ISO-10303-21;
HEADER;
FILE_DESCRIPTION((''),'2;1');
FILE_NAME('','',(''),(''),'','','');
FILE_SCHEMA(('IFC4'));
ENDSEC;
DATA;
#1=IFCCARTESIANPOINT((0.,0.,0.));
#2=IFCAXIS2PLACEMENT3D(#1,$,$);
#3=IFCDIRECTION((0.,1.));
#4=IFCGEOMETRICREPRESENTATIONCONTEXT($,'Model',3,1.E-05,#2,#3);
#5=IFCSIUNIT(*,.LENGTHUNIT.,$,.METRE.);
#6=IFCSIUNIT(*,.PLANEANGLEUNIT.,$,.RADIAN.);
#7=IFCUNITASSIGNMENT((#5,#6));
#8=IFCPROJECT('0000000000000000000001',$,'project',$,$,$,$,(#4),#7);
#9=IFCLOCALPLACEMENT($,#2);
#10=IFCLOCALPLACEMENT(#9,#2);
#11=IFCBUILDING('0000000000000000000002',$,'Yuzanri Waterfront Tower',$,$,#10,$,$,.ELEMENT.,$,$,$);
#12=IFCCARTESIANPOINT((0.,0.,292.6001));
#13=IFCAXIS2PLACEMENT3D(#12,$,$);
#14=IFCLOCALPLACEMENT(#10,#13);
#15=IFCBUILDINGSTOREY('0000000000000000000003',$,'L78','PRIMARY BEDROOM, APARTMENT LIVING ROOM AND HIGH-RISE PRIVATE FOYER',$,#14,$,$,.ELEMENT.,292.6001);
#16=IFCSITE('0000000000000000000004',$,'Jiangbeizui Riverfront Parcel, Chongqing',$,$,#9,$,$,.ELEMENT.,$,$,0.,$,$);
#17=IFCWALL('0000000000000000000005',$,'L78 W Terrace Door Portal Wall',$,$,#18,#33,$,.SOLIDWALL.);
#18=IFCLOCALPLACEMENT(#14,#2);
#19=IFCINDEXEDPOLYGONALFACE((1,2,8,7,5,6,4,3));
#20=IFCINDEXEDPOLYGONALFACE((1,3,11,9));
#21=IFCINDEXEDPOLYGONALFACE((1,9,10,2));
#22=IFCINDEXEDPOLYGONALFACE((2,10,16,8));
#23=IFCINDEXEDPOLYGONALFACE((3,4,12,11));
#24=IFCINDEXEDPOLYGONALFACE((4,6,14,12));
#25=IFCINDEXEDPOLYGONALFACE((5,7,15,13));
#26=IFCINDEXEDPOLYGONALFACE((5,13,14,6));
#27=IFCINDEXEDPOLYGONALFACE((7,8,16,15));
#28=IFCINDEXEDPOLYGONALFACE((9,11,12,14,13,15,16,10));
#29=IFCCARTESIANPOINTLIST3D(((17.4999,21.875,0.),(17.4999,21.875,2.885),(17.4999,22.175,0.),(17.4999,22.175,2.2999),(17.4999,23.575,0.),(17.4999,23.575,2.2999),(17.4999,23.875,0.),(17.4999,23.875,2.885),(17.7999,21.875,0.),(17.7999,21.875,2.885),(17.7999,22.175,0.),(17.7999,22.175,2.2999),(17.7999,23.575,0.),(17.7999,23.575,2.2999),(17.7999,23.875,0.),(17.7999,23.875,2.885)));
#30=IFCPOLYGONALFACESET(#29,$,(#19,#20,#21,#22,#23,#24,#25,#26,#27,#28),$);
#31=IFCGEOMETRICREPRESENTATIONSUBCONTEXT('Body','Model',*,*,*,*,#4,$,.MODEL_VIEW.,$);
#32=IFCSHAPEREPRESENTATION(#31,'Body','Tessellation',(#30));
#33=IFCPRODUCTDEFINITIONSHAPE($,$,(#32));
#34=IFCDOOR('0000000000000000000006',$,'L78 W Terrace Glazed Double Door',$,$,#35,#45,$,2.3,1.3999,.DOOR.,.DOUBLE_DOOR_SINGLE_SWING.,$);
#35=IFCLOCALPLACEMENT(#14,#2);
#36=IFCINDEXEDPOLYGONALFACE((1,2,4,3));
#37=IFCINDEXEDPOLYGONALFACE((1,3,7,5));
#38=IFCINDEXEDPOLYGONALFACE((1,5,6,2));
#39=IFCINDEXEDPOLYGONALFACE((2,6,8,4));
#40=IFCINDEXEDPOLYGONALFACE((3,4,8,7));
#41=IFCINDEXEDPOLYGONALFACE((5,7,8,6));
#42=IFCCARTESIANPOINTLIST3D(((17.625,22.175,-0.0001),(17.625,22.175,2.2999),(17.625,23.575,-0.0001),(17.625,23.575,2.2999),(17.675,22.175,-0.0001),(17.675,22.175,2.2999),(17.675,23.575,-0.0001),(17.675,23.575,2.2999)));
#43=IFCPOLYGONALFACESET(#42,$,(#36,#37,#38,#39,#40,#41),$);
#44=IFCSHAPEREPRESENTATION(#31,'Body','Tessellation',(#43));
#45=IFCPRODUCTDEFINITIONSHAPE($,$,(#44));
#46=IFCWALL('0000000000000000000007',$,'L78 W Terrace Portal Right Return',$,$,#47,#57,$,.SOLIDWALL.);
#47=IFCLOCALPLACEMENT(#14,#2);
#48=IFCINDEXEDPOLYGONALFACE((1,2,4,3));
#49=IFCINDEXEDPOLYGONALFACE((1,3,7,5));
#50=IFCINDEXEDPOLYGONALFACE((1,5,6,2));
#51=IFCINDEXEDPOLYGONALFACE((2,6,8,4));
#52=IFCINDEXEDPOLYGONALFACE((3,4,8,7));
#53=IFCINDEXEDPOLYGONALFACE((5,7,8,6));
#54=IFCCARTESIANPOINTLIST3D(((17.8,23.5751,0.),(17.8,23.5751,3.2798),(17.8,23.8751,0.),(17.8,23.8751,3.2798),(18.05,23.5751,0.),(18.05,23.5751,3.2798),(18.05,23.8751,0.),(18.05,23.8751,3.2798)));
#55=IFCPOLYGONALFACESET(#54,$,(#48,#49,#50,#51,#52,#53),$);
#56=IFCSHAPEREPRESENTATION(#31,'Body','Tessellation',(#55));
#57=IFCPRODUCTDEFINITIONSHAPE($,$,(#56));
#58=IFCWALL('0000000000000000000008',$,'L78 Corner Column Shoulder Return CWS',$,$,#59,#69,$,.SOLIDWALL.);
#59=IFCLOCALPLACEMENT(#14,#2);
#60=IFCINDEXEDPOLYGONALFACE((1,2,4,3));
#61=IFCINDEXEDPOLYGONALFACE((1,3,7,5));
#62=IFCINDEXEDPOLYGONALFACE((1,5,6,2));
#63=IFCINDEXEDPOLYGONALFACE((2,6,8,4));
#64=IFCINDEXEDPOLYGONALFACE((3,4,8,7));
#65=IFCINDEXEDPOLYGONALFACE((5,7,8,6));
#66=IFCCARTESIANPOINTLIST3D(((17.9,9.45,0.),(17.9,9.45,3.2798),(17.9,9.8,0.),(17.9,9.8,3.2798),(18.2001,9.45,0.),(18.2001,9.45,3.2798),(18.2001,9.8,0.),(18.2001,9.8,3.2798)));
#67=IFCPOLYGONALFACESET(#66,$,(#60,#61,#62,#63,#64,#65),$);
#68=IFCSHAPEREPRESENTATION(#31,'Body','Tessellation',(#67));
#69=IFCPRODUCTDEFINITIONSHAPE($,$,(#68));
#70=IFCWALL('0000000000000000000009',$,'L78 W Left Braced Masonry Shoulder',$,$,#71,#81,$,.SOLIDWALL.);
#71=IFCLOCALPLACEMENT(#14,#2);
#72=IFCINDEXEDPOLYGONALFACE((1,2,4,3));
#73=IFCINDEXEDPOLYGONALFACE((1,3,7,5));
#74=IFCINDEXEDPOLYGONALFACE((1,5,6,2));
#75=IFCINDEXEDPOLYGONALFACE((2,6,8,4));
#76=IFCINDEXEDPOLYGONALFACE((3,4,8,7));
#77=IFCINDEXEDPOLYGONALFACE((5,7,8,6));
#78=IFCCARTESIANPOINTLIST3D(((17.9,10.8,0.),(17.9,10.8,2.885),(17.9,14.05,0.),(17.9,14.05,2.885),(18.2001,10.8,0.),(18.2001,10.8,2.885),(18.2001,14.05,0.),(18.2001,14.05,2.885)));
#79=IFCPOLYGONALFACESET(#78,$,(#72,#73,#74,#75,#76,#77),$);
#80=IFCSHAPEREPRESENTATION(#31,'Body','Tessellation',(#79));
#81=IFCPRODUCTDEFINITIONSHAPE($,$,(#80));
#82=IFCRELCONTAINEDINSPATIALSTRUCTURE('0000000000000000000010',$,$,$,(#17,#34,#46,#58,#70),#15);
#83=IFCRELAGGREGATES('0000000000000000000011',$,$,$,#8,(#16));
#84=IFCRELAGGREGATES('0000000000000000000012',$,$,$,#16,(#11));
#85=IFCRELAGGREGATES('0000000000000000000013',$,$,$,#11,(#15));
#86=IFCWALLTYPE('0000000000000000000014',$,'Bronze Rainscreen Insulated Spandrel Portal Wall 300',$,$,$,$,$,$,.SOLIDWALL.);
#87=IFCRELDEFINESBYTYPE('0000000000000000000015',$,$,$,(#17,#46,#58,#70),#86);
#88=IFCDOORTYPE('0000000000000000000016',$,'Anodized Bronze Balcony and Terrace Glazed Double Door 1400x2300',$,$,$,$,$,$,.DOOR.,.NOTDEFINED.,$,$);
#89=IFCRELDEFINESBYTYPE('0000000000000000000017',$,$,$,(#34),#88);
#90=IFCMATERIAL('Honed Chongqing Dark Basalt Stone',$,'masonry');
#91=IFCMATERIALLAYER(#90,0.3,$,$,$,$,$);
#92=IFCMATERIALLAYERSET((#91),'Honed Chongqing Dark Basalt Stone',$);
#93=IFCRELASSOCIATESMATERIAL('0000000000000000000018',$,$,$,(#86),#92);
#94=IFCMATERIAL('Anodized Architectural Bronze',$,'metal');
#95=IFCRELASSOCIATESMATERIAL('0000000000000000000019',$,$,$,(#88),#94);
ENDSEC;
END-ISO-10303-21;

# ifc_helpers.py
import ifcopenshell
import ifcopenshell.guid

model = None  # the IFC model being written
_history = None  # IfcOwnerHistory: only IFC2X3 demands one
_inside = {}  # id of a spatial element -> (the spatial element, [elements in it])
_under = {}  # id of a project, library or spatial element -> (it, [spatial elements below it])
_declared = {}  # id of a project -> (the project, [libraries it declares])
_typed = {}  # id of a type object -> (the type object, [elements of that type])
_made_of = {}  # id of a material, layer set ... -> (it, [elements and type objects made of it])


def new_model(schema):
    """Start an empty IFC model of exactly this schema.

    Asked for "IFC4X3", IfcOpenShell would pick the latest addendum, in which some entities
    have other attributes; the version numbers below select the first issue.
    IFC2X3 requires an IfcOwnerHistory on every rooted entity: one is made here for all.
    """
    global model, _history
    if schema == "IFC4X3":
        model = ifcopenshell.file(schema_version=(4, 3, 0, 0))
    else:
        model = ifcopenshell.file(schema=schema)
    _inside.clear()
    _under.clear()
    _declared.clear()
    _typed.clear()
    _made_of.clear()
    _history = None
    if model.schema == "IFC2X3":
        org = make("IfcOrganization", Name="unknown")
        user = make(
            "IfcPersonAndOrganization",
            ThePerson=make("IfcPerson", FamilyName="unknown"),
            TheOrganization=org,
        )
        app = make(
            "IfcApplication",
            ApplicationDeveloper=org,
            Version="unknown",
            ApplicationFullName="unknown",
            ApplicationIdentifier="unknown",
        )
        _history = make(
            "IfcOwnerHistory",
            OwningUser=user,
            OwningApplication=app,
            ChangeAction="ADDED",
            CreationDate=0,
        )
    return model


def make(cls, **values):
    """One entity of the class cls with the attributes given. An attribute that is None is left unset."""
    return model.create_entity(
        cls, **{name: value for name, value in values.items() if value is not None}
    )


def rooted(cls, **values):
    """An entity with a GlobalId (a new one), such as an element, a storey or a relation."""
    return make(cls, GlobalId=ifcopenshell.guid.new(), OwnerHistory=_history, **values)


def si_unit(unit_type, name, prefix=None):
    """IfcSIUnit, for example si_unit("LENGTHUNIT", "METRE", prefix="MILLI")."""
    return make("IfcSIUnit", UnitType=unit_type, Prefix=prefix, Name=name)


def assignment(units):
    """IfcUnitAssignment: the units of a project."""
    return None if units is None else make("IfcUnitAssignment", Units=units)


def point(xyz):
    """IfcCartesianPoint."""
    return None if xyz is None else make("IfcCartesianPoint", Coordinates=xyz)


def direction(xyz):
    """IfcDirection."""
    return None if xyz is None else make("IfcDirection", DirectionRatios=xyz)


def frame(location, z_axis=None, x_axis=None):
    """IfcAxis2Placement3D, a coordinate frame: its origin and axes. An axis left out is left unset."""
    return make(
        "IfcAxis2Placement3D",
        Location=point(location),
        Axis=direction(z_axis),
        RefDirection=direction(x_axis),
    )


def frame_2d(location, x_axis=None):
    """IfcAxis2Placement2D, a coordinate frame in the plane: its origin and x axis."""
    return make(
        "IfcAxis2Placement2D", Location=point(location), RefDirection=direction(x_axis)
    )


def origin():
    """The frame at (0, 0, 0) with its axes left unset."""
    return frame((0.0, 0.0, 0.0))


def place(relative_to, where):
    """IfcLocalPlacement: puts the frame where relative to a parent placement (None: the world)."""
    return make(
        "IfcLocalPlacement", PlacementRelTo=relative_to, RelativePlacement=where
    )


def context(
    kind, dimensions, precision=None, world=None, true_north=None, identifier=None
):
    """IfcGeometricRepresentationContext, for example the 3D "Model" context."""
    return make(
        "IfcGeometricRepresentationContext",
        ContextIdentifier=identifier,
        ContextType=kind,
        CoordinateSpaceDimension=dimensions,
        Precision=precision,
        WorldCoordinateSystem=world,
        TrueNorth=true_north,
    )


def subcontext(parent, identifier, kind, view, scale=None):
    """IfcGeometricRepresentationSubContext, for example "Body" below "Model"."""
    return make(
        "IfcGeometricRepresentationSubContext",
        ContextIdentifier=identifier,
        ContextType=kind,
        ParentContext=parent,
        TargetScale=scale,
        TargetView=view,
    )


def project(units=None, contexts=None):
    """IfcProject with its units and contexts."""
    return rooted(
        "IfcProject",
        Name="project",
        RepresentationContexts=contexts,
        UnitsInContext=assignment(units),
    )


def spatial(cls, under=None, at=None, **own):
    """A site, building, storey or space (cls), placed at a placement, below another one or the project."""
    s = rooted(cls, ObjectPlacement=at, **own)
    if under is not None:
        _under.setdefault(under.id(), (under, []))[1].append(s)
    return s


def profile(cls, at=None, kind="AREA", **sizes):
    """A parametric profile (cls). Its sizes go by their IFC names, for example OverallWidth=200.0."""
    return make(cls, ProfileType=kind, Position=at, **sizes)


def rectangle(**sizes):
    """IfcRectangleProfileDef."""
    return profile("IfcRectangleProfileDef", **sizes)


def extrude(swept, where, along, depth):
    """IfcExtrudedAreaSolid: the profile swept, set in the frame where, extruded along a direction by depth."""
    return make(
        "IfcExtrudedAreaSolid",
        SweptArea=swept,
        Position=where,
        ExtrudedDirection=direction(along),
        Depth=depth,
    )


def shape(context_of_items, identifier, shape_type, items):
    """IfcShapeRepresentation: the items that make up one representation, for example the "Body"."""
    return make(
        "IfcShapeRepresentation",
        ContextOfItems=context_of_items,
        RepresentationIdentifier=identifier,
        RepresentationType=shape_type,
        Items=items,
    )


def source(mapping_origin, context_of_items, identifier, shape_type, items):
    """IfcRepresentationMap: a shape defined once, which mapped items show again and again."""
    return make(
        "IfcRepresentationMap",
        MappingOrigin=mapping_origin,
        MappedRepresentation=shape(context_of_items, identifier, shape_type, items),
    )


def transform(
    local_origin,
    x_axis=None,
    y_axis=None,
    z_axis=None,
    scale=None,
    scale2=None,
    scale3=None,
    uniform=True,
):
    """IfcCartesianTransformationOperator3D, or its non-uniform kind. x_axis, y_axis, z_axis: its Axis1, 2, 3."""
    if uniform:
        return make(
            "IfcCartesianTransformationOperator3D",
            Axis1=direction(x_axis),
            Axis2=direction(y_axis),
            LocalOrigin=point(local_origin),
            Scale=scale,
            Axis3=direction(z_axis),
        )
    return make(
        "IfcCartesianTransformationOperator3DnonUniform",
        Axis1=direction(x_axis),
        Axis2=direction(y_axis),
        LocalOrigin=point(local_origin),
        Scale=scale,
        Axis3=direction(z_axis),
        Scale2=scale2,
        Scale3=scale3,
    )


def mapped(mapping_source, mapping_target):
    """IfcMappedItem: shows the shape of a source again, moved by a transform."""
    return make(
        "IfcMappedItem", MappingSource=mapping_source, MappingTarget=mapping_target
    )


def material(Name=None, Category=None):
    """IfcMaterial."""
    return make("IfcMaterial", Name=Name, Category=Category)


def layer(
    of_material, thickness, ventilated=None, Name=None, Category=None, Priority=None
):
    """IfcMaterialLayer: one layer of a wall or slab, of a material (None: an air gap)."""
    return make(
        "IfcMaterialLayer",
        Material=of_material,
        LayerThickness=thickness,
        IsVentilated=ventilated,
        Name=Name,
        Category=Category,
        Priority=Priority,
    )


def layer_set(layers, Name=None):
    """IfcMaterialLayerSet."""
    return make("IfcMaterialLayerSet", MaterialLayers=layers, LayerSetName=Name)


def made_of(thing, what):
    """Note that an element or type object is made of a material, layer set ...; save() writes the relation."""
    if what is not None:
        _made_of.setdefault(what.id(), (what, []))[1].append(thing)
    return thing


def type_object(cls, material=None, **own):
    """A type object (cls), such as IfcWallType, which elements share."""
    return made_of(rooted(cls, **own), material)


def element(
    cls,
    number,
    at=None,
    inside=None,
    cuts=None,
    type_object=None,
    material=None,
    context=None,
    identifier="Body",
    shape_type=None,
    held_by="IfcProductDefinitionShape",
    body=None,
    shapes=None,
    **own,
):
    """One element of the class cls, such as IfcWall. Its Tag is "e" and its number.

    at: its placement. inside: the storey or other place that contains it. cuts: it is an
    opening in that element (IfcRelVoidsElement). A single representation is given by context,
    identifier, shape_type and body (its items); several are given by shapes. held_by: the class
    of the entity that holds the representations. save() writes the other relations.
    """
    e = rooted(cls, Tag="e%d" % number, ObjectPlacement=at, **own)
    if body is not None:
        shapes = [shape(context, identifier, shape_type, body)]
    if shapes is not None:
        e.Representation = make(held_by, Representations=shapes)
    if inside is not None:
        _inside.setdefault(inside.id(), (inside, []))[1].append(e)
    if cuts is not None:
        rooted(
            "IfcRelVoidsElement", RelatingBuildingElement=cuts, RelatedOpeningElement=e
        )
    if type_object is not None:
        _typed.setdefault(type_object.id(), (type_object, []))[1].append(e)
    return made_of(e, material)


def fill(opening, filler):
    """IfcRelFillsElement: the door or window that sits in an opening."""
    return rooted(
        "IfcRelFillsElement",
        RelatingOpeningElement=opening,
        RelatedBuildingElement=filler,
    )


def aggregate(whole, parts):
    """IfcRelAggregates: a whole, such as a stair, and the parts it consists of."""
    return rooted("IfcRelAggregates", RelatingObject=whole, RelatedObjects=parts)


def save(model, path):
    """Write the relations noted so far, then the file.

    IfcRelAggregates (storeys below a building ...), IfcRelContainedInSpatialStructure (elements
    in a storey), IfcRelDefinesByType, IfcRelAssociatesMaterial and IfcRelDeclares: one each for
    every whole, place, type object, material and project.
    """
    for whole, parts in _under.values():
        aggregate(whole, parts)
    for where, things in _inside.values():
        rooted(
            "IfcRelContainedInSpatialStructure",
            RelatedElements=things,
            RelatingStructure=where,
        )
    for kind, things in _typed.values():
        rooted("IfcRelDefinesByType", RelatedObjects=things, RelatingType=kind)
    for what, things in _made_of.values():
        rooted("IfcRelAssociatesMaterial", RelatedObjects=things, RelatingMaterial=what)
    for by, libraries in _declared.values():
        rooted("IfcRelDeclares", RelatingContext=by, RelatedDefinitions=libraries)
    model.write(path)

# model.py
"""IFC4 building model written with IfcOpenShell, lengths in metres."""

from ifc_helpers import new_model, si_unit, direction, frame, frame_2d, origin, place, context, subcontext, project, spatial, rectangle, extrude, source, transform, mapped, material, layer, layer_set, type_object, element, fill, save


model = new_model("IFC4")

# Units and contexts
model_context = context("Model", 3, precision=1e-05, world=origin(), true_north=direction((0.0, 1.0)))
body_context = subcontext(model_context, "Body", "Model", "MODEL_VIEW")
ifc_project = project(units=[si_unit("LENGTHUNIT", "METRE"), si_unit("PLANEANGLEUNIT", "RADIAN")], contexts=[model_context])

# Site, building, storey
site_placement = place(None, origin())
site = spatial("IfcSite", under=ifc_project, at=site_placement, Name="Jiangbeizui Riverfront Parcel, Chongqing", CompositionType="ELEMENT", RefElevation=0.0)
building_placement = place(site_placement, origin())
building = spatial("IfcBuilding", under=site, at=building_placement, Name="Yuzanri Waterfront Tower", CompositionType="ELEMENT")
storey_placement = place(building_placement, frame((0.0, 0.0, 292.6001)))
storey = spatial("IfcBuildingStorey", under=building, at=storey_placement, Name="L78", Description="PRIMARY BEDROOM, APARTMENT LIVING ROOM AND HIGH-RISE PRIVATE FOYER", CompositionType="ELEMENT", Elevation=292.6001)

# Wall, opening, door
ifc_material_1 = material(Name="Honed Chongqing Dark Basalt Stone", Category="masonry")
ifc_layer_1 = layer(ifc_material_1, 0.3)
ifc_layer_set_1 = layer_set([ifc_layer_1], Name="Honed Chongqing Dark Basalt Stone")
wall_type = type_object("IfcWallType", Name="Bronze Rainscreen Insulated Spandrel Portal Wall 300", PredefinedType="SOLIDWALL", material=ifc_layer_set_1)
wall_1_placement = place(storey_placement, frame((17.6499, 21.875, 0.0), z_axis=(0.0, 0.0, 1.0), x_axis=(0.0, 1.0, 0.0)))
wall_1 = element("IfcWall", 1, at=wall_1_placement, inside=storey, type_object=wall_type, Name="L78 W Terrace Door Portal Wall", PredefinedType="SOLIDWALL", context=body_context, shape_type="SweptSolid", body=[
    extrude(rectangle(XDim=2.0, YDim=0.3, at=frame_2d((1.0, 0.0))), origin(), (0.0, 0.0, 1.0), 2.885),
])
opening_placement = place(wall_1_placement, frame((0.3, 0.0, 0.0)))
opening = element("IfcOpeningElement", 2, at=opening_placement, cuts=wall_1, PredefinedType="OPENING", context=body_context, shape_type="SweptSolid", body=[
    extrude(rectangle(XDim=1.3999, YDim=2.3, at=frame_2d((0.7, 1.1499))), frame((0.0, 0.165, 0.0), z_axis=(0.0, -1.0, 0.0), x_axis=(1.0, 0.0, 0.0)), (0.0, 0.0, 1.0), 0.3298),
])
ifc_material_2 = material(Name="Anodized Architectural Bronze", Category="metal")
door_type = type_object("IfcDoorType", Name="Anodized Bronze Balcony and Terrace Glazed Double Door 1400x2300", OperationType="NOTDEFINED", PredefinedType="DOOR", material=ifc_material_2)
shared_shape_1 = source(origin(), body_context, "Body", "SweptSolid", [
    extrude(rectangle(XDim=1.3999, YDim=2.3, at=frame_2d((0.7, 1.1499))), frame((0.0, 0.0249, 0.0), z_axis=(0.0, -1.0, 0.0), x_axis=(1.0, 0.0, 0.0)), (0.0, 0.0, 1.0), 0.05),
])
door_placement = place(opening_placement, origin())
door = element("IfcDoor", 3, at=door_placement, inside=storey, type_object=door_type, Name="L78 W Terrace Glazed Double Door", OperationType="DOUBLE_DOOR_SINGLE_SWING", OverallHeight=2.3, OverallWidth=1.3999, PredefinedType="DOOR", context=body_context, shape_type="MappedRepresentation", body=[
    mapped(shared_shape_1, transform((0.0, 0.0, 0.0), scale=1.0)),
])
fill(opening, door)

# Walls
shared_shape_2 = source(origin(), body_context, "Body", "SweptSolid", [
    extrude(rectangle(XDim=0.25, YDim=0.3, at=frame_2d((0.125, 0.0))), origin(), (0.0, 0.0, 1.0), 3.2798),
])
wall_2_placement = place(storey_placement, frame((17.8, 23.7251, 0.0), z_axis=(0.0, 0.0, 1.0), x_axis=(1.0, 0.0, 0.0)))
element("IfcWall", 4, at=wall_2_placement, inside=storey, type_object=wall_type, Name="L78 W Terrace Portal Right Return", PredefinedType="SOLIDWALL", context=body_context, shape_type="MappedRepresentation", body=[
    mapped(shared_shape_2, transform((0.0, 0.0, 0.0), scale=1.0)),
])
shared_shape_3 = source(origin(), body_context, "Body", "SweptSolid", [
    extrude(rectangle(XDim=0.3501, YDim=0.3, at=frame_2d((0.175, 0.0))), origin(), (0.0, 0.0, 1.0), 3.2798),
])
wall_3_placement = place(storey_placement, frame((18.05, 9.45, 0.0), z_axis=(0.0, 0.0, 1.0), x_axis=(0.0, 1.0, 0.0)))
element("IfcWall", 5, at=wall_3_placement, inside=storey, type_object=wall_type, Name="L78 Corner Column Shoulder Return CWS", PredefinedType="SOLIDWALL", context=body_context, shape_type="MappedRepresentation", body=[
    mapped(shared_shape_3, transform((0.0, 0.0, 0.0), scale=1.0)),
])
shared_shape_4 = source(origin(), body_context, "Body", "SweptSolid", [
    extrude(rectangle(XDim=3.25, YDim=0.3, at=frame_2d((1.625, 0.0))), origin(), (0.0, 0.0, 1.0), 2.885),
])
wall_4_placement = place(storey_placement, frame((18.05, 10.8, 0.0), z_axis=(0.0, 0.0, 1.0), x_axis=(0.0, 1.0, 0.0)))
element("IfcWall", 6, at=wall_4_placement, inside=storey, type_object=wall_type, Name="L78 W Left Braced Masonry Shoulder", PredefinedType="SOLIDWALL", context=body_context, shape_type="MappedRepresentation", body=[
    mapped(shared_shape_4, transform((0.0, 0.0, 0.0), scale=1.0)),
])

save(model, "model.ifc")
